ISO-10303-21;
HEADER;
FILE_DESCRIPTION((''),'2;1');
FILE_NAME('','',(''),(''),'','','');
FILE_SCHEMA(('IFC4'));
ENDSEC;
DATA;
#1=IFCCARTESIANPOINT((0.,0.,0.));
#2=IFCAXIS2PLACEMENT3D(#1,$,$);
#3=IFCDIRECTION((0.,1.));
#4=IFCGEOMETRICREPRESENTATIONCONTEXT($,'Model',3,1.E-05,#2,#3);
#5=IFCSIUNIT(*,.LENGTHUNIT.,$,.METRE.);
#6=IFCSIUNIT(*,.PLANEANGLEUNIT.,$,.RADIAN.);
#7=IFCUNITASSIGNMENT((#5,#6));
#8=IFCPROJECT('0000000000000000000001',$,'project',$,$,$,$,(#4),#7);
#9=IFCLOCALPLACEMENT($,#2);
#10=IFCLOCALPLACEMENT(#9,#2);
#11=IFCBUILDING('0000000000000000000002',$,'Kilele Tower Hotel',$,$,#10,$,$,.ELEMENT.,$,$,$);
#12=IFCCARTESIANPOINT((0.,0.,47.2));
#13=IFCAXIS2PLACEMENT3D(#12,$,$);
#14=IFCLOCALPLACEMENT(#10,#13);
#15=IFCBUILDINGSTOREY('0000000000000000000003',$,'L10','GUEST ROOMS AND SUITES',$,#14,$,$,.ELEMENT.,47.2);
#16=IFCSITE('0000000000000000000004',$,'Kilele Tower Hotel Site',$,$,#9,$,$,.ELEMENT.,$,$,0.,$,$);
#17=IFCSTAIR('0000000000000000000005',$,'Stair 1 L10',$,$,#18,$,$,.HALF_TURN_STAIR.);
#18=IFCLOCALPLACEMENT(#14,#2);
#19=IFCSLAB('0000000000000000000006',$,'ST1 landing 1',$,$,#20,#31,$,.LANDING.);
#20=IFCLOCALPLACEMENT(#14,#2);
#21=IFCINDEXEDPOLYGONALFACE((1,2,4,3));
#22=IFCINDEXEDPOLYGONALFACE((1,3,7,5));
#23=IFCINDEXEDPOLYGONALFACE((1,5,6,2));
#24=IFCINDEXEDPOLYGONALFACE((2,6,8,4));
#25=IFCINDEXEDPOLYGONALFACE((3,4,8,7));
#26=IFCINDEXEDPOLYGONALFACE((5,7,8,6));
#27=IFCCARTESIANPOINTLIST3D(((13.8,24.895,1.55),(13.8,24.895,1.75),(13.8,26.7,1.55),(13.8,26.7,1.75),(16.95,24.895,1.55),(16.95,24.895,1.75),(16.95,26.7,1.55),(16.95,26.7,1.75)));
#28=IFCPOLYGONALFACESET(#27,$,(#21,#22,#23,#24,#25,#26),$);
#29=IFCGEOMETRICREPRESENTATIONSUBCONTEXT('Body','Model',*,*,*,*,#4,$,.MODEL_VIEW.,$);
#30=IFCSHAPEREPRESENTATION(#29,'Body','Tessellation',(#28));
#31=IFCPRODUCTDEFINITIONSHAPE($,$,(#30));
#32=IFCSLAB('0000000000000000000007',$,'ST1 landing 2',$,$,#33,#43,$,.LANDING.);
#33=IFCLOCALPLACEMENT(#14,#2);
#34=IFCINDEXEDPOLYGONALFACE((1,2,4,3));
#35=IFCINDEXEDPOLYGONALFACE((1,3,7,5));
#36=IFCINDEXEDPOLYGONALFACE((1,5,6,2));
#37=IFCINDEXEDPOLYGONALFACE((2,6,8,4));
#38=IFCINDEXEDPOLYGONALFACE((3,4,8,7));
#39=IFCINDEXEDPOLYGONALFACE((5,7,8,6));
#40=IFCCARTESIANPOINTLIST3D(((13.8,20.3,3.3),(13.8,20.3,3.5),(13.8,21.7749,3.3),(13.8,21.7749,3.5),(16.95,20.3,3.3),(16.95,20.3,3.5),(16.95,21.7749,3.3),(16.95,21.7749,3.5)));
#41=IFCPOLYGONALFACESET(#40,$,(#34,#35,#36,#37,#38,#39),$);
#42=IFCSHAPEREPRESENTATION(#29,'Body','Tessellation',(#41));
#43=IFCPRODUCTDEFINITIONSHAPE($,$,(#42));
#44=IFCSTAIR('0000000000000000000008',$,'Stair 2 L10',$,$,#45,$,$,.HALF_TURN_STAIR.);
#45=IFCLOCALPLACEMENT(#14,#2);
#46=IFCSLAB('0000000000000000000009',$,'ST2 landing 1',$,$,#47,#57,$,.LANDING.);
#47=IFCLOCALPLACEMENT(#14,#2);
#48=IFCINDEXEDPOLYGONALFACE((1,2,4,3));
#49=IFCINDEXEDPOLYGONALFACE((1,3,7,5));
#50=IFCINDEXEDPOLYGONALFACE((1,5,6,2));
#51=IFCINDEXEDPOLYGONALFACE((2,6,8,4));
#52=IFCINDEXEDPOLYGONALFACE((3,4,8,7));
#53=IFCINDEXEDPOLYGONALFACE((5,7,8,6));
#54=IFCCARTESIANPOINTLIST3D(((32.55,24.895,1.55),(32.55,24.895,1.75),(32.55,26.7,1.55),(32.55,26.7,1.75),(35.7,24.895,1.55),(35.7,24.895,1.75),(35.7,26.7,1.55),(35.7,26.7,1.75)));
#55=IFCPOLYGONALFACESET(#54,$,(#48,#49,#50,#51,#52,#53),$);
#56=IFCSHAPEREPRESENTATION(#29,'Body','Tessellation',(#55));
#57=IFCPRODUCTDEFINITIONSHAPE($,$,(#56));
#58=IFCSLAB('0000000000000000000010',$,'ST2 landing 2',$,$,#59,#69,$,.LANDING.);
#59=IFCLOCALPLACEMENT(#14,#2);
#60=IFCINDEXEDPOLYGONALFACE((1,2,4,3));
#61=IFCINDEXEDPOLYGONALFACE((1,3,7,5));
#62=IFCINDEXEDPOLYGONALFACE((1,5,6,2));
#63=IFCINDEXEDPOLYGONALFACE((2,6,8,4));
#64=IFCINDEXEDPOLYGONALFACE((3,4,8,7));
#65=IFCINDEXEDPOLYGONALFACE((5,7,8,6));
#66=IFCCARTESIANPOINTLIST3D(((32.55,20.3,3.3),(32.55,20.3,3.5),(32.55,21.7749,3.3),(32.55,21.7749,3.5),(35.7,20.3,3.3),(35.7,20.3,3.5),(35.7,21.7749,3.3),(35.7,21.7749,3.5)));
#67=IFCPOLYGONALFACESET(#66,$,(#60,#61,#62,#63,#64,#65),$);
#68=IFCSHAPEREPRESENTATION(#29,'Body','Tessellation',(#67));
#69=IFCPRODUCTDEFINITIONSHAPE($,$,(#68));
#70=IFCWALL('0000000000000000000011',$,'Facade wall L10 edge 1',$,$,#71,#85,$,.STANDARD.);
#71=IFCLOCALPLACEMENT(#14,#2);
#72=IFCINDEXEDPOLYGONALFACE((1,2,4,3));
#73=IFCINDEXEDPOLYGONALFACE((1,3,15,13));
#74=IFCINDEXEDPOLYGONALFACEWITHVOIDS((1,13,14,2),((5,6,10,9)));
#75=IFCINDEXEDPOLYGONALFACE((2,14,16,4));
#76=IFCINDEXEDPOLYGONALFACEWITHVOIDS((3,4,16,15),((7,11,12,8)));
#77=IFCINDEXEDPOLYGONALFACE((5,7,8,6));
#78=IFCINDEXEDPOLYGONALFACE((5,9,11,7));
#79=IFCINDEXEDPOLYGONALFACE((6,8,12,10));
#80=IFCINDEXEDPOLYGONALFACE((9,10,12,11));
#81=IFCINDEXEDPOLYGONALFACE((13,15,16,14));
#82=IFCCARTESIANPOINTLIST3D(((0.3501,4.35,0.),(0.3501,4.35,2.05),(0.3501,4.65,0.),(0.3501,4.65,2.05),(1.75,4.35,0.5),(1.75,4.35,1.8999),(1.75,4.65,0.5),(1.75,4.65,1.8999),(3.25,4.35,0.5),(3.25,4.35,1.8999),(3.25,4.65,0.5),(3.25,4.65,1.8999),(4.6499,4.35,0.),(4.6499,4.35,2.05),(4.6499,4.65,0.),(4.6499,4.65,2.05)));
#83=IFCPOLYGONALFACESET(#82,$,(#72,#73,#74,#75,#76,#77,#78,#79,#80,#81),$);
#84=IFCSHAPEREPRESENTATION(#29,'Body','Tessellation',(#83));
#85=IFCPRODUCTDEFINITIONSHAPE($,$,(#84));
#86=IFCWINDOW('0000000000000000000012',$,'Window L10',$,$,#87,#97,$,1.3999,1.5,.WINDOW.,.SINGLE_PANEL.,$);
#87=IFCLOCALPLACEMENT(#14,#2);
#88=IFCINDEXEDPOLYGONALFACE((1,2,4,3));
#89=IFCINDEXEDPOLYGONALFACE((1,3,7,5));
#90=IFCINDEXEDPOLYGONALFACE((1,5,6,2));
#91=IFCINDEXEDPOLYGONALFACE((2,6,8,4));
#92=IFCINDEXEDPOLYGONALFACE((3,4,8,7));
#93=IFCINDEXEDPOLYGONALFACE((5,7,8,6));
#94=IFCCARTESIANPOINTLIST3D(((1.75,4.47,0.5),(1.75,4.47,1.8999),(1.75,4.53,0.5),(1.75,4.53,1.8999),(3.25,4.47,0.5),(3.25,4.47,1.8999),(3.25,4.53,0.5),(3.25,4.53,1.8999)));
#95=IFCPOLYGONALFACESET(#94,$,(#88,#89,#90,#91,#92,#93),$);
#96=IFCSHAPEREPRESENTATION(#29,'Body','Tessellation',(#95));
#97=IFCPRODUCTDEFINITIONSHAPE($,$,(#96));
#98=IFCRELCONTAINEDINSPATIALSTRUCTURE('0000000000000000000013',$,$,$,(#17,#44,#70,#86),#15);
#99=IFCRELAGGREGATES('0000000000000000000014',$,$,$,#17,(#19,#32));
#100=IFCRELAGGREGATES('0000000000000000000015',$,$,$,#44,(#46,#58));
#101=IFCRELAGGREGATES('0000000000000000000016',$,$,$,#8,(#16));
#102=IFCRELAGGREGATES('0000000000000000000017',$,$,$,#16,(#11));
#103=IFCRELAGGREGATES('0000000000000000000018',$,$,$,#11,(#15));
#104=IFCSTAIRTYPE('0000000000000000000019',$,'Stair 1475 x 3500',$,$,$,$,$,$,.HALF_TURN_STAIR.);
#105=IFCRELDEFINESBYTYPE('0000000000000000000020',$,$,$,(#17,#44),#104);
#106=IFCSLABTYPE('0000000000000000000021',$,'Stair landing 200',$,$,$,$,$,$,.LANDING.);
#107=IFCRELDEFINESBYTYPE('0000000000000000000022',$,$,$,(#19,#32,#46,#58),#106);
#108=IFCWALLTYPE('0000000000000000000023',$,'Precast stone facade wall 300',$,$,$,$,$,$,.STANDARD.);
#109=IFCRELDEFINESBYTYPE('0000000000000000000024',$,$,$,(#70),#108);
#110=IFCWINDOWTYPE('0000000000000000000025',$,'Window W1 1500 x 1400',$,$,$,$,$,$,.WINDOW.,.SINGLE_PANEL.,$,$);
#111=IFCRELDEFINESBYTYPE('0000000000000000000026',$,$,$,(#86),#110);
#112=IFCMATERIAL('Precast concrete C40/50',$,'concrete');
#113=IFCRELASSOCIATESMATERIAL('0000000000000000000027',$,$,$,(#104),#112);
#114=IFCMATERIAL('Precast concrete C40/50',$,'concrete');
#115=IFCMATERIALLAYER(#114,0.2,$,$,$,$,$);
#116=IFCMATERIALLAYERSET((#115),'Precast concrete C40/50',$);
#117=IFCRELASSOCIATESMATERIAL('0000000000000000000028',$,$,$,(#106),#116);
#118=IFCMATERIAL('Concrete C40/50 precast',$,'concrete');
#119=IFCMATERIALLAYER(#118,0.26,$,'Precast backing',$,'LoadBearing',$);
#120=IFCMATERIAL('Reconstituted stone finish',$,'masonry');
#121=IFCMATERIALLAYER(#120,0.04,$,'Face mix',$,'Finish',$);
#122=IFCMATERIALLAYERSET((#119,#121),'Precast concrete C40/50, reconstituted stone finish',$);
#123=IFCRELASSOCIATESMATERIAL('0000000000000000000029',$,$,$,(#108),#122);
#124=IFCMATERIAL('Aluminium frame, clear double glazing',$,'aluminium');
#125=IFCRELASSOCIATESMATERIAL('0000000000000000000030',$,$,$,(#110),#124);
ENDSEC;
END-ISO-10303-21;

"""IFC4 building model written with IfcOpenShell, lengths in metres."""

from ifc_helpers import new_model, si_unit, direction, frame, frame_2d, origin, place, context, subcontext, project, spatial, polyline, rectangle, outline, extrude, material, layer, layer_set, type_object, element, fill, aggregate, save


model = new_model("IFC4")

# Units and contexts
model_context = context("Model", 3, precision=1e-05, world=origin(), true_north=direction((0.0, 1.0)))
body_context = subcontext(model_context, "Body", "Model", "MODEL_VIEW")
ifc_project = project(units=[si_unit("LENGTHUNIT", "METRE"), si_unit("PLANEANGLEUNIT", "RADIAN")], contexts=[model_context])

# Site, building, storey
site_placement = place(None, origin())
site = spatial("IfcSite", under=ifc_project, at=site_placement, Name="Kilele Tower Hotel Site", CompositionType="ELEMENT", RefElevation=0.0)
building_placement = place(site_placement, origin())
building = spatial("IfcBuilding", under=site, at=building_placement, Name="Kilele Tower Hotel", CompositionType="ELEMENT")
storey_placement = place(building_placement, frame((0.0, 0.0, 47.2)))
storey = spatial("IfcBuildingStorey", under=building, at=storey_placement, Name="L10", Description="GUEST ROOMS AND SUITES", CompositionType="ELEMENT", Elevation=47.2)

# Stairs, slabs
ifc_material_1 = material(Name="Precast concrete C40/50", Category="concrete")
stair_type = type_object("IfcStairType", Name="Stair 1475 x 3500", PredefinedType="HALF_TURN_STAIR", material=ifc_material_1)
stair_1_placement = place(storey_placement, origin())
stair_1 = element("IfcStair", 1, at=stair_1_placement, inside=storey, type_object=stair_type, Name="Stair 1 L10", PredefinedType="HALF_TURN_STAIR")
ifc_material_2 = material(Name="Precast concrete C40/50", Category="concrete")
ifc_layer_1 = layer(ifc_material_2, 0.2)
ifc_layer_set_1 = layer_set([ifc_layer_1], Name="Precast concrete C40/50")
slab_type_1 = type_object("IfcSlabType", Name="Stair landing 200", PredefinedType="LANDING", material=ifc_layer_set_1)
slab_1_placement = place(storey_placement, frame((0.0, 0.0, 1.55)))
slab_1 = element("IfcSlab", 2, at=slab_1_placement, type_object=slab_type_1, Name="ST1 landing 1", PredefinedType="LANDING", context=body_context, shape_type="SweptSolid", body=[
    extrude(outline(polyline([(13.8, 24.895), (16.95, 24.895), (16.95, 26.7), (13.8, 26.7), (13.8, 24.895)])), origin(), (0.0, 0.0, 1.0), 0.2),
])
slab_2_placement = place(storey_placement, frame((0.0, 0.0, 3.3)))
slab_2 = element("IfcSlab", 3, at=slab_2_placement, type_object=slab_type_1, Name="ST1 landing 2", PredefinedType="LANDING", context=body_context, shape_type="SweptSolid", body=[
    extrude(outline(polyline([(13.8, 20.3), (16.95, 20.3), (16.95, 21.7749), (13.8, 21.7749), (13.8, 20.3)])), origin(), (0.0, 0.0, 1.0), 0.2),
])
aggregate(stair_1, [slab_1, slab_2])
stair_2_placement = place(storey_placement, origin())
stair_2 = element("IfcStair", 4, at=stair_2_placement, inside=storey, type_object=stair_type, Name="Stair 2 L10", PredefinedType="HALF_TURN_STAIR")
slab_3_placement = place(storey_placement, frame((0.0, 0.0, 1.55)))
slab_3 = element("IfcSlab", 5, at=slab_3_placement, type_object=slab_type_1, Name="ST2 landing 1", PredefinedType="LANDING", context=body_context, shape_type="SweptSolid", body=[
    extrude(outline(polyline([(32.55, 24.895), (35.7, 24.895), (35.7, 26.7), (32.55, 26.7), (32.55, 24.895)])), origin(), (0.0, 0.0, 1.0), 0.2),
])
slab_4_placement = place(storey_placement, frame((0.0, 0.0, 3.3)))
slab_4 = element("IfcSlab", 6, at=slab_4_placement, type_object=slab_type_1, Name="ST2 landing 2", PredefinedType="LANDING", context=body_context, shape_type="SweptSolid", body=[
    extrude(outline(polyline([(32.55, 20.3), (35.7, 20.3), (35.7, 21.7749), (32.55, 21.7749), (32.55, 20.3)])), origin(), (0.0, 0.0, 1.0), 0.2),
])
aggregate(stair_2, [slab_3, slab_4])

# Wall, opening, window
ifc_material_3 = material(Name="Concrete C40/50 precast", Category="concrete")
ifc_layer_2 = layer(ifc_material_3, 0.26, Name="Precast backing", Category="LoadBearing")
ifc_material_4 = material(Name="Reconstituted stone finish", Category="masonry")
ifc_layer_3 = layer(ifc_material_4, 0.04, Name="Face mix", Category="Finish")
ifc_layer_set_2 = layer_set([ifc_layer_2, ifc_layer_3], Name="Precast concrete C40/50, reconstituted stone finish")
wall_type = type_object("IfcWallType", Name="Precast stone facade wall 300", PredefinedType="STANDARD", material=ifc_layer_set_2)
wall_1_placement = place(storey_placement, frame((0.3501, 4.5, 0.0), z_axis=(0.0, 0.0, 1.0), x_axis=(1.0, 0.0, 0.0)))
wall_1 = element("IfcWall", 7, at=wall_1_placement, inside=storey, type_object=wall_type, Name="Facade wall L10 edge 1", PredefinedType="STANDARD", context=body_context, shape_type="SweptSolid", body=[
    extrude(rectangle(XDim=4.2998, YDim=0.3, at=frame_2d((2.1499, 0.0))), origin(), (0.0, 0.0, 1.0), 2.05),
])
opening_1_placement = place(wall_1_placement, frame((1.3999, 0.0, 0.5)))
opening_1 = element("IfcOpeningElement", 8, at=opening_1_placement, cuts=wall_1, PredefinedType="OPENING", context=body_context, shape_type="SweptSolid", body=[
    extrude(rectangle(XDim=1.5, YDim=1.3999, at=frame_2d((0.75, 0.7))), frame((0.0, 0.1599, 0.0), z_axis=(0.0, -1.0, 0.0), x_axis=(1.0, 0.0, 0.0)), (0.0, 0.0, 1.0), 0.3201),
])
ifc_material_5 = material(Name="Aluminium frame, clear double glazing", Category="aluminium")
window_type = type_object("IfcWindowType", Name="Window W1 1500 x 1400", PartitioningType="SINGLE_PANEL", PredefinedType="WINDOW", material=ifc_material_5)
window_1_placement = place(opening_1_placement, origin())
window_1 = element("IfcWindow", 9, at=window_1_placement, inside=storey, type_object=window_type, Name="Window L10", OverallHeight=1.3999, OverallWidth=1.5, PartitioningType="SINGLE_PANEL", PredefinedType="WINDOW", context=body_context, shape_type="SweptSolid", body=[
    extrude(rectangle(XDim=1.5, YDim=1.3999, at=frame_2d((0.75, 0.7))), frame((0.0, 0.03, 0.0), z_axis=(0.0, -1.0, 0.0), x_axis=(1.0, 0.0, 0.0)), (0.0, 0.0, 1.0), 0.0601),
])
fill(opening_1, window_1)

save(model, "model.ifc")
